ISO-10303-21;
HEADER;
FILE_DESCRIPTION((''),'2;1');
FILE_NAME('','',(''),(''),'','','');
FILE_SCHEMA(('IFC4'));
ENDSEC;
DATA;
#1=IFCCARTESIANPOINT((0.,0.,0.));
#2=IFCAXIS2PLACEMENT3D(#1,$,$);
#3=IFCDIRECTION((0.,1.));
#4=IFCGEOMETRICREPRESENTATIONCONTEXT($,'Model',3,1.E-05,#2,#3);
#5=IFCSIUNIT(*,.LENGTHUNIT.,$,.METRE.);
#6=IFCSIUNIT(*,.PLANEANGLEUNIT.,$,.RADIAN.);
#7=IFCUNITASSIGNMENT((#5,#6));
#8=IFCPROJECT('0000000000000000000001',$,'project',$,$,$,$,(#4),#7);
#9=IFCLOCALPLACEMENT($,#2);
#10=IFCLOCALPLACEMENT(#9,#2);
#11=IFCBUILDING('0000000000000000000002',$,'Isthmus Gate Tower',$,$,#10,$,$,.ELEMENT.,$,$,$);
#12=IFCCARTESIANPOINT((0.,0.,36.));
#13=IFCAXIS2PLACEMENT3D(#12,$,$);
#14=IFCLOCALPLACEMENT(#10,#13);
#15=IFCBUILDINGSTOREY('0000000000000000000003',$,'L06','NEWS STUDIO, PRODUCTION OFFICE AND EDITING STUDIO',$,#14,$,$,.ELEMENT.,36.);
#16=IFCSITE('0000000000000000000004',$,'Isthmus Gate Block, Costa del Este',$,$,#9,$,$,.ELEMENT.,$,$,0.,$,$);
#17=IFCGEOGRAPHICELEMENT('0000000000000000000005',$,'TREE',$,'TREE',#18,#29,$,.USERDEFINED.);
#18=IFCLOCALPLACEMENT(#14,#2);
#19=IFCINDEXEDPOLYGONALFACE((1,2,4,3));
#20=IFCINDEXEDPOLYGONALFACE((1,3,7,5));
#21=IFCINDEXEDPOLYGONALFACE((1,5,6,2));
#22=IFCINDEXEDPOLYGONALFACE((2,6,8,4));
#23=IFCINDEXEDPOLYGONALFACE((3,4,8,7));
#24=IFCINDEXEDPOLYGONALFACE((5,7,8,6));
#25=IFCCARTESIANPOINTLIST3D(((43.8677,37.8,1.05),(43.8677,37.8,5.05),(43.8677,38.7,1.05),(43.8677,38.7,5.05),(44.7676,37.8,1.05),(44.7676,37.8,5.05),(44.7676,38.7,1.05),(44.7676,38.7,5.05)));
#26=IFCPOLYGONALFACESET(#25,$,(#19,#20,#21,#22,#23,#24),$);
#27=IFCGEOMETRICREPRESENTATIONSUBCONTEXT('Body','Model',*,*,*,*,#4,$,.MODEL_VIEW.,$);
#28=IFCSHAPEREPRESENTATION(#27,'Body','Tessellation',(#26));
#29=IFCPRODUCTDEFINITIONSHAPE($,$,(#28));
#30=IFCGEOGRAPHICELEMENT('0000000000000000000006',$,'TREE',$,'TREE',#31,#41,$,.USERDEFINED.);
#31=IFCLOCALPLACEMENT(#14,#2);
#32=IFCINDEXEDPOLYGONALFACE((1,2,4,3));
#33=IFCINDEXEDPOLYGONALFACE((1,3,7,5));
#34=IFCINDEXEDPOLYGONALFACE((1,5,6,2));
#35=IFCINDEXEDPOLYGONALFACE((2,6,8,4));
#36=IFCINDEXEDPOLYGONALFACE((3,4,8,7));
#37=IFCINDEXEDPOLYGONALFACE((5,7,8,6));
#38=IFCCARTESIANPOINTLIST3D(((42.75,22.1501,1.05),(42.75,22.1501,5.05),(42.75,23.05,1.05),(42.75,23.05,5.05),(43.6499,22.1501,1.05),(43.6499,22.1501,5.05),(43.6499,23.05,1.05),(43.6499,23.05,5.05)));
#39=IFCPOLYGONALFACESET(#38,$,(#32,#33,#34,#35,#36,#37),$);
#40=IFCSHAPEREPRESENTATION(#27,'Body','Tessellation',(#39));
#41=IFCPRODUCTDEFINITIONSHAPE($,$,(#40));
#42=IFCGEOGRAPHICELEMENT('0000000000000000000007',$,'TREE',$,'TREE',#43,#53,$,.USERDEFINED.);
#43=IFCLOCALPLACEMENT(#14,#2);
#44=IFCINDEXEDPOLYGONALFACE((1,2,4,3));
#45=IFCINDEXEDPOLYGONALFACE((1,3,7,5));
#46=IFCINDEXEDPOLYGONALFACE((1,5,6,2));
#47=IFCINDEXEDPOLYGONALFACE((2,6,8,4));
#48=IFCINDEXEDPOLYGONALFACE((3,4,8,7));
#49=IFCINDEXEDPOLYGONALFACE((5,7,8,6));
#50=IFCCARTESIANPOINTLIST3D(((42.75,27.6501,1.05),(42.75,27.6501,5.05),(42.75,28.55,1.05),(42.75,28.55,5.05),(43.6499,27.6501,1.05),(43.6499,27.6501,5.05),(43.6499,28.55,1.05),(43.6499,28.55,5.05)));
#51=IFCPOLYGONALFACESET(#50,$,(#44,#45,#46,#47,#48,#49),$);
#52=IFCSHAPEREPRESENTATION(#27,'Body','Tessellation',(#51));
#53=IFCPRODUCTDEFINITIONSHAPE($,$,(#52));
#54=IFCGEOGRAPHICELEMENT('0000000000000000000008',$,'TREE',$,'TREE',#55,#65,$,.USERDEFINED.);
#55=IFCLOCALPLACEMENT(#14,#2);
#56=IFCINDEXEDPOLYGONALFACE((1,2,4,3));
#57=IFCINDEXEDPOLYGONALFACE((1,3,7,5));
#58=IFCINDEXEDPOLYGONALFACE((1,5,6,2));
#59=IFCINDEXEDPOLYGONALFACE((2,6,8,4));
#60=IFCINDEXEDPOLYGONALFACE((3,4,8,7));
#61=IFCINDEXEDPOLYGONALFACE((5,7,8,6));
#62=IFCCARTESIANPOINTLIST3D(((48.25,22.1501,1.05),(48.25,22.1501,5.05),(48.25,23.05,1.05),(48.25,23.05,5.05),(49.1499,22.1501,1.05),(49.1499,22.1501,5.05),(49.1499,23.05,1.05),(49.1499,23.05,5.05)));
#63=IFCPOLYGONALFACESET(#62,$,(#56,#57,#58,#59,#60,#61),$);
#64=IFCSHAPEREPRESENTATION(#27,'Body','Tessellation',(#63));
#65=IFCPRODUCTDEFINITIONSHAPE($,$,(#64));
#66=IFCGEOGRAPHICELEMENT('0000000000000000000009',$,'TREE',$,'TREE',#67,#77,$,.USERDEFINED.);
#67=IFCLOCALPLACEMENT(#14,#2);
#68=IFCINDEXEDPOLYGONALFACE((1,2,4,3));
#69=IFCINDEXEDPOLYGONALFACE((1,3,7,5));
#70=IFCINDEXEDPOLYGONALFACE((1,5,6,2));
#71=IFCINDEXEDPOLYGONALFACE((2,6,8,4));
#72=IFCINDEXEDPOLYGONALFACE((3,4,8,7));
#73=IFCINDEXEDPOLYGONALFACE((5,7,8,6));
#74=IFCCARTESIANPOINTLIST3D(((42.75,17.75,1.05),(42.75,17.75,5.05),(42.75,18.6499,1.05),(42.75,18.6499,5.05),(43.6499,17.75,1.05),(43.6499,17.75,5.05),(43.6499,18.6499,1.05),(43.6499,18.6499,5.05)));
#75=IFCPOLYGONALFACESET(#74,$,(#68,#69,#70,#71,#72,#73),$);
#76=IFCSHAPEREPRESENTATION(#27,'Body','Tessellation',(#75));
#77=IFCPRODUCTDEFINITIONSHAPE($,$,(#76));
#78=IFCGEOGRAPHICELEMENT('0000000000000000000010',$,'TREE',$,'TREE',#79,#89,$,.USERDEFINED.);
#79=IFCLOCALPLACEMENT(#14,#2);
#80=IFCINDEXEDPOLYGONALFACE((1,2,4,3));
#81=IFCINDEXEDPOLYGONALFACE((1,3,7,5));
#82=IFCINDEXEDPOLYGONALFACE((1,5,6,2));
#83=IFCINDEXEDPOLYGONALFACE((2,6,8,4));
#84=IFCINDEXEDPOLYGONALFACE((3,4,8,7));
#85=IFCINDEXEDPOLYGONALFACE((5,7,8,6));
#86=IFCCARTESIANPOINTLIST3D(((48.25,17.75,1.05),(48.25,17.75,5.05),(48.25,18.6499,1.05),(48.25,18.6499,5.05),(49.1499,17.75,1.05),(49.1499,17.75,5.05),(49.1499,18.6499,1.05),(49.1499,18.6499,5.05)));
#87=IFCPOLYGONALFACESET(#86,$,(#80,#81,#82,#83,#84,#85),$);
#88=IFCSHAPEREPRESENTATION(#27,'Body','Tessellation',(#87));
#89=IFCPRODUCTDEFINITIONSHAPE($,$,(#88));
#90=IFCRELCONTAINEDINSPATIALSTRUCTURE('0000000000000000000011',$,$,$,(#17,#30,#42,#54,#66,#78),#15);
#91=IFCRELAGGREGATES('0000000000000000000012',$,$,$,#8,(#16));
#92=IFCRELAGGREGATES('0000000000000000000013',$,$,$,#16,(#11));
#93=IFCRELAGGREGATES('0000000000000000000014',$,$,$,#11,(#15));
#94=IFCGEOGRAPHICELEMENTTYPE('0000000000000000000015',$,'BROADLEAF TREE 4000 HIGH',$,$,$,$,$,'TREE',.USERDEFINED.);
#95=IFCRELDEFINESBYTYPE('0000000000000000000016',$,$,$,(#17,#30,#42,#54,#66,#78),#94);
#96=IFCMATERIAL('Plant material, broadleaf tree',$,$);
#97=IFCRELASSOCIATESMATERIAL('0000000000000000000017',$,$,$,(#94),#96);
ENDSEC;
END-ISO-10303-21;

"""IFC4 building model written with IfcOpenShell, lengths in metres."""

from ifc_helpers import new_model, si_unit, direction, frame, origin, origin_2d, place, context, subcontext, project, spatial, rectangle, extrude, material, type_object, element, save


model = new_model("IFC4")

# Units and contexts
model_context = context("Model", 3, precision=1e-05, world=origin(), true_north=direction((0.0, 1.0)))
body_context = subcontext(model_context, "Body", "Model", "MODEL_VIEW")
ifc_project = project(units=[si_unit("LENGTHUNIT", "METRE"), si_unit("PLANEANGLEUNIT", "RADIAN")], contexts=[model_context])

# Site, building, storey
site_placement = place(None, origin())
site = spatial("IfcSite", under=ifc_project, at=site_placement, Name="Isthmus Gate Block, Costa del Este", CompositionType="ELEMENT", RefElevation=0.0)
building_placement = place(site_placement, origin())
building = spatial("IfcBuilding", under=site, at=building_placement, Name="Isthmus Gate Tower", CompositionType="ELEMENT")
storey_placement = place(building_placement, frame((0.0, 0.0, 36.0)))
storey = spatial("IfcBuildingStorey", under=building, at=storey_placement, Name="L06", Description="NEWS STUDIO, PRODUCTION OFFICE AND EDITING STUDIO", CompositionType="ELEMENT", Elevation=36.0)

# Geographic elements
ifc_material_1 = material(Name="Plant material, broadleaf tree")
geographic_element_type = type_object("IfcGeographicElementType", Name="BROADLEAF TREE 4000 HIGH", ElementType="TREE", PredefinedType="USERDEFINED", material=ifc_material_1)
for number, where, z_axis, x_axis, name in (
    (1, (44.3176, 38.25, 1.05), (0.0, 0.0, 1.0), (1.0, 0.0, 0.0), "TREE"),
    (2, (43.2, 22.6001, 1.05), (0.0, 0.0, 1.0), (1.0, 0.0, 0.0), "TREE"),
    (3, (43.2, 28.1001, 1.05), (0.0, 0.0, 1.0), (1.0, 0.0, 0.0), "TREE"),
    (4, (48.7, 22.6001, 1.05), (0.0, 0.0, 1.0), (1.0, 0.0, 0.0), "TREE"),
    (5, (43.2, 18.2, 1.05), (0.0, 0.0, 1.0), (1.0, 0.0, 0.0), "TREE"),
    (6, (48.7, 18.2, 1.05), (0.0, 0.0, 1.0), (1.0, 0.0, 0.0), "TREE"),
):
    element("IfcGeographicElement", number, at=place(storey_placement, frame(where, z_axis=z_axis, x_axis=x_axis)), inside=storey, type_object=geographic_element_type, Name=name, ObjectType="TREE", PredefinedType="USERDEFINED", context=body_context, shape_type="SweptSolid", body=[
        extrude(rectangle(XDim=0.8999, YDim=0.8999, at=origin_2d()), origin(), (0.0, 0.0, 1.0), 4.0),
    ])

save(model, "model.ifc")
